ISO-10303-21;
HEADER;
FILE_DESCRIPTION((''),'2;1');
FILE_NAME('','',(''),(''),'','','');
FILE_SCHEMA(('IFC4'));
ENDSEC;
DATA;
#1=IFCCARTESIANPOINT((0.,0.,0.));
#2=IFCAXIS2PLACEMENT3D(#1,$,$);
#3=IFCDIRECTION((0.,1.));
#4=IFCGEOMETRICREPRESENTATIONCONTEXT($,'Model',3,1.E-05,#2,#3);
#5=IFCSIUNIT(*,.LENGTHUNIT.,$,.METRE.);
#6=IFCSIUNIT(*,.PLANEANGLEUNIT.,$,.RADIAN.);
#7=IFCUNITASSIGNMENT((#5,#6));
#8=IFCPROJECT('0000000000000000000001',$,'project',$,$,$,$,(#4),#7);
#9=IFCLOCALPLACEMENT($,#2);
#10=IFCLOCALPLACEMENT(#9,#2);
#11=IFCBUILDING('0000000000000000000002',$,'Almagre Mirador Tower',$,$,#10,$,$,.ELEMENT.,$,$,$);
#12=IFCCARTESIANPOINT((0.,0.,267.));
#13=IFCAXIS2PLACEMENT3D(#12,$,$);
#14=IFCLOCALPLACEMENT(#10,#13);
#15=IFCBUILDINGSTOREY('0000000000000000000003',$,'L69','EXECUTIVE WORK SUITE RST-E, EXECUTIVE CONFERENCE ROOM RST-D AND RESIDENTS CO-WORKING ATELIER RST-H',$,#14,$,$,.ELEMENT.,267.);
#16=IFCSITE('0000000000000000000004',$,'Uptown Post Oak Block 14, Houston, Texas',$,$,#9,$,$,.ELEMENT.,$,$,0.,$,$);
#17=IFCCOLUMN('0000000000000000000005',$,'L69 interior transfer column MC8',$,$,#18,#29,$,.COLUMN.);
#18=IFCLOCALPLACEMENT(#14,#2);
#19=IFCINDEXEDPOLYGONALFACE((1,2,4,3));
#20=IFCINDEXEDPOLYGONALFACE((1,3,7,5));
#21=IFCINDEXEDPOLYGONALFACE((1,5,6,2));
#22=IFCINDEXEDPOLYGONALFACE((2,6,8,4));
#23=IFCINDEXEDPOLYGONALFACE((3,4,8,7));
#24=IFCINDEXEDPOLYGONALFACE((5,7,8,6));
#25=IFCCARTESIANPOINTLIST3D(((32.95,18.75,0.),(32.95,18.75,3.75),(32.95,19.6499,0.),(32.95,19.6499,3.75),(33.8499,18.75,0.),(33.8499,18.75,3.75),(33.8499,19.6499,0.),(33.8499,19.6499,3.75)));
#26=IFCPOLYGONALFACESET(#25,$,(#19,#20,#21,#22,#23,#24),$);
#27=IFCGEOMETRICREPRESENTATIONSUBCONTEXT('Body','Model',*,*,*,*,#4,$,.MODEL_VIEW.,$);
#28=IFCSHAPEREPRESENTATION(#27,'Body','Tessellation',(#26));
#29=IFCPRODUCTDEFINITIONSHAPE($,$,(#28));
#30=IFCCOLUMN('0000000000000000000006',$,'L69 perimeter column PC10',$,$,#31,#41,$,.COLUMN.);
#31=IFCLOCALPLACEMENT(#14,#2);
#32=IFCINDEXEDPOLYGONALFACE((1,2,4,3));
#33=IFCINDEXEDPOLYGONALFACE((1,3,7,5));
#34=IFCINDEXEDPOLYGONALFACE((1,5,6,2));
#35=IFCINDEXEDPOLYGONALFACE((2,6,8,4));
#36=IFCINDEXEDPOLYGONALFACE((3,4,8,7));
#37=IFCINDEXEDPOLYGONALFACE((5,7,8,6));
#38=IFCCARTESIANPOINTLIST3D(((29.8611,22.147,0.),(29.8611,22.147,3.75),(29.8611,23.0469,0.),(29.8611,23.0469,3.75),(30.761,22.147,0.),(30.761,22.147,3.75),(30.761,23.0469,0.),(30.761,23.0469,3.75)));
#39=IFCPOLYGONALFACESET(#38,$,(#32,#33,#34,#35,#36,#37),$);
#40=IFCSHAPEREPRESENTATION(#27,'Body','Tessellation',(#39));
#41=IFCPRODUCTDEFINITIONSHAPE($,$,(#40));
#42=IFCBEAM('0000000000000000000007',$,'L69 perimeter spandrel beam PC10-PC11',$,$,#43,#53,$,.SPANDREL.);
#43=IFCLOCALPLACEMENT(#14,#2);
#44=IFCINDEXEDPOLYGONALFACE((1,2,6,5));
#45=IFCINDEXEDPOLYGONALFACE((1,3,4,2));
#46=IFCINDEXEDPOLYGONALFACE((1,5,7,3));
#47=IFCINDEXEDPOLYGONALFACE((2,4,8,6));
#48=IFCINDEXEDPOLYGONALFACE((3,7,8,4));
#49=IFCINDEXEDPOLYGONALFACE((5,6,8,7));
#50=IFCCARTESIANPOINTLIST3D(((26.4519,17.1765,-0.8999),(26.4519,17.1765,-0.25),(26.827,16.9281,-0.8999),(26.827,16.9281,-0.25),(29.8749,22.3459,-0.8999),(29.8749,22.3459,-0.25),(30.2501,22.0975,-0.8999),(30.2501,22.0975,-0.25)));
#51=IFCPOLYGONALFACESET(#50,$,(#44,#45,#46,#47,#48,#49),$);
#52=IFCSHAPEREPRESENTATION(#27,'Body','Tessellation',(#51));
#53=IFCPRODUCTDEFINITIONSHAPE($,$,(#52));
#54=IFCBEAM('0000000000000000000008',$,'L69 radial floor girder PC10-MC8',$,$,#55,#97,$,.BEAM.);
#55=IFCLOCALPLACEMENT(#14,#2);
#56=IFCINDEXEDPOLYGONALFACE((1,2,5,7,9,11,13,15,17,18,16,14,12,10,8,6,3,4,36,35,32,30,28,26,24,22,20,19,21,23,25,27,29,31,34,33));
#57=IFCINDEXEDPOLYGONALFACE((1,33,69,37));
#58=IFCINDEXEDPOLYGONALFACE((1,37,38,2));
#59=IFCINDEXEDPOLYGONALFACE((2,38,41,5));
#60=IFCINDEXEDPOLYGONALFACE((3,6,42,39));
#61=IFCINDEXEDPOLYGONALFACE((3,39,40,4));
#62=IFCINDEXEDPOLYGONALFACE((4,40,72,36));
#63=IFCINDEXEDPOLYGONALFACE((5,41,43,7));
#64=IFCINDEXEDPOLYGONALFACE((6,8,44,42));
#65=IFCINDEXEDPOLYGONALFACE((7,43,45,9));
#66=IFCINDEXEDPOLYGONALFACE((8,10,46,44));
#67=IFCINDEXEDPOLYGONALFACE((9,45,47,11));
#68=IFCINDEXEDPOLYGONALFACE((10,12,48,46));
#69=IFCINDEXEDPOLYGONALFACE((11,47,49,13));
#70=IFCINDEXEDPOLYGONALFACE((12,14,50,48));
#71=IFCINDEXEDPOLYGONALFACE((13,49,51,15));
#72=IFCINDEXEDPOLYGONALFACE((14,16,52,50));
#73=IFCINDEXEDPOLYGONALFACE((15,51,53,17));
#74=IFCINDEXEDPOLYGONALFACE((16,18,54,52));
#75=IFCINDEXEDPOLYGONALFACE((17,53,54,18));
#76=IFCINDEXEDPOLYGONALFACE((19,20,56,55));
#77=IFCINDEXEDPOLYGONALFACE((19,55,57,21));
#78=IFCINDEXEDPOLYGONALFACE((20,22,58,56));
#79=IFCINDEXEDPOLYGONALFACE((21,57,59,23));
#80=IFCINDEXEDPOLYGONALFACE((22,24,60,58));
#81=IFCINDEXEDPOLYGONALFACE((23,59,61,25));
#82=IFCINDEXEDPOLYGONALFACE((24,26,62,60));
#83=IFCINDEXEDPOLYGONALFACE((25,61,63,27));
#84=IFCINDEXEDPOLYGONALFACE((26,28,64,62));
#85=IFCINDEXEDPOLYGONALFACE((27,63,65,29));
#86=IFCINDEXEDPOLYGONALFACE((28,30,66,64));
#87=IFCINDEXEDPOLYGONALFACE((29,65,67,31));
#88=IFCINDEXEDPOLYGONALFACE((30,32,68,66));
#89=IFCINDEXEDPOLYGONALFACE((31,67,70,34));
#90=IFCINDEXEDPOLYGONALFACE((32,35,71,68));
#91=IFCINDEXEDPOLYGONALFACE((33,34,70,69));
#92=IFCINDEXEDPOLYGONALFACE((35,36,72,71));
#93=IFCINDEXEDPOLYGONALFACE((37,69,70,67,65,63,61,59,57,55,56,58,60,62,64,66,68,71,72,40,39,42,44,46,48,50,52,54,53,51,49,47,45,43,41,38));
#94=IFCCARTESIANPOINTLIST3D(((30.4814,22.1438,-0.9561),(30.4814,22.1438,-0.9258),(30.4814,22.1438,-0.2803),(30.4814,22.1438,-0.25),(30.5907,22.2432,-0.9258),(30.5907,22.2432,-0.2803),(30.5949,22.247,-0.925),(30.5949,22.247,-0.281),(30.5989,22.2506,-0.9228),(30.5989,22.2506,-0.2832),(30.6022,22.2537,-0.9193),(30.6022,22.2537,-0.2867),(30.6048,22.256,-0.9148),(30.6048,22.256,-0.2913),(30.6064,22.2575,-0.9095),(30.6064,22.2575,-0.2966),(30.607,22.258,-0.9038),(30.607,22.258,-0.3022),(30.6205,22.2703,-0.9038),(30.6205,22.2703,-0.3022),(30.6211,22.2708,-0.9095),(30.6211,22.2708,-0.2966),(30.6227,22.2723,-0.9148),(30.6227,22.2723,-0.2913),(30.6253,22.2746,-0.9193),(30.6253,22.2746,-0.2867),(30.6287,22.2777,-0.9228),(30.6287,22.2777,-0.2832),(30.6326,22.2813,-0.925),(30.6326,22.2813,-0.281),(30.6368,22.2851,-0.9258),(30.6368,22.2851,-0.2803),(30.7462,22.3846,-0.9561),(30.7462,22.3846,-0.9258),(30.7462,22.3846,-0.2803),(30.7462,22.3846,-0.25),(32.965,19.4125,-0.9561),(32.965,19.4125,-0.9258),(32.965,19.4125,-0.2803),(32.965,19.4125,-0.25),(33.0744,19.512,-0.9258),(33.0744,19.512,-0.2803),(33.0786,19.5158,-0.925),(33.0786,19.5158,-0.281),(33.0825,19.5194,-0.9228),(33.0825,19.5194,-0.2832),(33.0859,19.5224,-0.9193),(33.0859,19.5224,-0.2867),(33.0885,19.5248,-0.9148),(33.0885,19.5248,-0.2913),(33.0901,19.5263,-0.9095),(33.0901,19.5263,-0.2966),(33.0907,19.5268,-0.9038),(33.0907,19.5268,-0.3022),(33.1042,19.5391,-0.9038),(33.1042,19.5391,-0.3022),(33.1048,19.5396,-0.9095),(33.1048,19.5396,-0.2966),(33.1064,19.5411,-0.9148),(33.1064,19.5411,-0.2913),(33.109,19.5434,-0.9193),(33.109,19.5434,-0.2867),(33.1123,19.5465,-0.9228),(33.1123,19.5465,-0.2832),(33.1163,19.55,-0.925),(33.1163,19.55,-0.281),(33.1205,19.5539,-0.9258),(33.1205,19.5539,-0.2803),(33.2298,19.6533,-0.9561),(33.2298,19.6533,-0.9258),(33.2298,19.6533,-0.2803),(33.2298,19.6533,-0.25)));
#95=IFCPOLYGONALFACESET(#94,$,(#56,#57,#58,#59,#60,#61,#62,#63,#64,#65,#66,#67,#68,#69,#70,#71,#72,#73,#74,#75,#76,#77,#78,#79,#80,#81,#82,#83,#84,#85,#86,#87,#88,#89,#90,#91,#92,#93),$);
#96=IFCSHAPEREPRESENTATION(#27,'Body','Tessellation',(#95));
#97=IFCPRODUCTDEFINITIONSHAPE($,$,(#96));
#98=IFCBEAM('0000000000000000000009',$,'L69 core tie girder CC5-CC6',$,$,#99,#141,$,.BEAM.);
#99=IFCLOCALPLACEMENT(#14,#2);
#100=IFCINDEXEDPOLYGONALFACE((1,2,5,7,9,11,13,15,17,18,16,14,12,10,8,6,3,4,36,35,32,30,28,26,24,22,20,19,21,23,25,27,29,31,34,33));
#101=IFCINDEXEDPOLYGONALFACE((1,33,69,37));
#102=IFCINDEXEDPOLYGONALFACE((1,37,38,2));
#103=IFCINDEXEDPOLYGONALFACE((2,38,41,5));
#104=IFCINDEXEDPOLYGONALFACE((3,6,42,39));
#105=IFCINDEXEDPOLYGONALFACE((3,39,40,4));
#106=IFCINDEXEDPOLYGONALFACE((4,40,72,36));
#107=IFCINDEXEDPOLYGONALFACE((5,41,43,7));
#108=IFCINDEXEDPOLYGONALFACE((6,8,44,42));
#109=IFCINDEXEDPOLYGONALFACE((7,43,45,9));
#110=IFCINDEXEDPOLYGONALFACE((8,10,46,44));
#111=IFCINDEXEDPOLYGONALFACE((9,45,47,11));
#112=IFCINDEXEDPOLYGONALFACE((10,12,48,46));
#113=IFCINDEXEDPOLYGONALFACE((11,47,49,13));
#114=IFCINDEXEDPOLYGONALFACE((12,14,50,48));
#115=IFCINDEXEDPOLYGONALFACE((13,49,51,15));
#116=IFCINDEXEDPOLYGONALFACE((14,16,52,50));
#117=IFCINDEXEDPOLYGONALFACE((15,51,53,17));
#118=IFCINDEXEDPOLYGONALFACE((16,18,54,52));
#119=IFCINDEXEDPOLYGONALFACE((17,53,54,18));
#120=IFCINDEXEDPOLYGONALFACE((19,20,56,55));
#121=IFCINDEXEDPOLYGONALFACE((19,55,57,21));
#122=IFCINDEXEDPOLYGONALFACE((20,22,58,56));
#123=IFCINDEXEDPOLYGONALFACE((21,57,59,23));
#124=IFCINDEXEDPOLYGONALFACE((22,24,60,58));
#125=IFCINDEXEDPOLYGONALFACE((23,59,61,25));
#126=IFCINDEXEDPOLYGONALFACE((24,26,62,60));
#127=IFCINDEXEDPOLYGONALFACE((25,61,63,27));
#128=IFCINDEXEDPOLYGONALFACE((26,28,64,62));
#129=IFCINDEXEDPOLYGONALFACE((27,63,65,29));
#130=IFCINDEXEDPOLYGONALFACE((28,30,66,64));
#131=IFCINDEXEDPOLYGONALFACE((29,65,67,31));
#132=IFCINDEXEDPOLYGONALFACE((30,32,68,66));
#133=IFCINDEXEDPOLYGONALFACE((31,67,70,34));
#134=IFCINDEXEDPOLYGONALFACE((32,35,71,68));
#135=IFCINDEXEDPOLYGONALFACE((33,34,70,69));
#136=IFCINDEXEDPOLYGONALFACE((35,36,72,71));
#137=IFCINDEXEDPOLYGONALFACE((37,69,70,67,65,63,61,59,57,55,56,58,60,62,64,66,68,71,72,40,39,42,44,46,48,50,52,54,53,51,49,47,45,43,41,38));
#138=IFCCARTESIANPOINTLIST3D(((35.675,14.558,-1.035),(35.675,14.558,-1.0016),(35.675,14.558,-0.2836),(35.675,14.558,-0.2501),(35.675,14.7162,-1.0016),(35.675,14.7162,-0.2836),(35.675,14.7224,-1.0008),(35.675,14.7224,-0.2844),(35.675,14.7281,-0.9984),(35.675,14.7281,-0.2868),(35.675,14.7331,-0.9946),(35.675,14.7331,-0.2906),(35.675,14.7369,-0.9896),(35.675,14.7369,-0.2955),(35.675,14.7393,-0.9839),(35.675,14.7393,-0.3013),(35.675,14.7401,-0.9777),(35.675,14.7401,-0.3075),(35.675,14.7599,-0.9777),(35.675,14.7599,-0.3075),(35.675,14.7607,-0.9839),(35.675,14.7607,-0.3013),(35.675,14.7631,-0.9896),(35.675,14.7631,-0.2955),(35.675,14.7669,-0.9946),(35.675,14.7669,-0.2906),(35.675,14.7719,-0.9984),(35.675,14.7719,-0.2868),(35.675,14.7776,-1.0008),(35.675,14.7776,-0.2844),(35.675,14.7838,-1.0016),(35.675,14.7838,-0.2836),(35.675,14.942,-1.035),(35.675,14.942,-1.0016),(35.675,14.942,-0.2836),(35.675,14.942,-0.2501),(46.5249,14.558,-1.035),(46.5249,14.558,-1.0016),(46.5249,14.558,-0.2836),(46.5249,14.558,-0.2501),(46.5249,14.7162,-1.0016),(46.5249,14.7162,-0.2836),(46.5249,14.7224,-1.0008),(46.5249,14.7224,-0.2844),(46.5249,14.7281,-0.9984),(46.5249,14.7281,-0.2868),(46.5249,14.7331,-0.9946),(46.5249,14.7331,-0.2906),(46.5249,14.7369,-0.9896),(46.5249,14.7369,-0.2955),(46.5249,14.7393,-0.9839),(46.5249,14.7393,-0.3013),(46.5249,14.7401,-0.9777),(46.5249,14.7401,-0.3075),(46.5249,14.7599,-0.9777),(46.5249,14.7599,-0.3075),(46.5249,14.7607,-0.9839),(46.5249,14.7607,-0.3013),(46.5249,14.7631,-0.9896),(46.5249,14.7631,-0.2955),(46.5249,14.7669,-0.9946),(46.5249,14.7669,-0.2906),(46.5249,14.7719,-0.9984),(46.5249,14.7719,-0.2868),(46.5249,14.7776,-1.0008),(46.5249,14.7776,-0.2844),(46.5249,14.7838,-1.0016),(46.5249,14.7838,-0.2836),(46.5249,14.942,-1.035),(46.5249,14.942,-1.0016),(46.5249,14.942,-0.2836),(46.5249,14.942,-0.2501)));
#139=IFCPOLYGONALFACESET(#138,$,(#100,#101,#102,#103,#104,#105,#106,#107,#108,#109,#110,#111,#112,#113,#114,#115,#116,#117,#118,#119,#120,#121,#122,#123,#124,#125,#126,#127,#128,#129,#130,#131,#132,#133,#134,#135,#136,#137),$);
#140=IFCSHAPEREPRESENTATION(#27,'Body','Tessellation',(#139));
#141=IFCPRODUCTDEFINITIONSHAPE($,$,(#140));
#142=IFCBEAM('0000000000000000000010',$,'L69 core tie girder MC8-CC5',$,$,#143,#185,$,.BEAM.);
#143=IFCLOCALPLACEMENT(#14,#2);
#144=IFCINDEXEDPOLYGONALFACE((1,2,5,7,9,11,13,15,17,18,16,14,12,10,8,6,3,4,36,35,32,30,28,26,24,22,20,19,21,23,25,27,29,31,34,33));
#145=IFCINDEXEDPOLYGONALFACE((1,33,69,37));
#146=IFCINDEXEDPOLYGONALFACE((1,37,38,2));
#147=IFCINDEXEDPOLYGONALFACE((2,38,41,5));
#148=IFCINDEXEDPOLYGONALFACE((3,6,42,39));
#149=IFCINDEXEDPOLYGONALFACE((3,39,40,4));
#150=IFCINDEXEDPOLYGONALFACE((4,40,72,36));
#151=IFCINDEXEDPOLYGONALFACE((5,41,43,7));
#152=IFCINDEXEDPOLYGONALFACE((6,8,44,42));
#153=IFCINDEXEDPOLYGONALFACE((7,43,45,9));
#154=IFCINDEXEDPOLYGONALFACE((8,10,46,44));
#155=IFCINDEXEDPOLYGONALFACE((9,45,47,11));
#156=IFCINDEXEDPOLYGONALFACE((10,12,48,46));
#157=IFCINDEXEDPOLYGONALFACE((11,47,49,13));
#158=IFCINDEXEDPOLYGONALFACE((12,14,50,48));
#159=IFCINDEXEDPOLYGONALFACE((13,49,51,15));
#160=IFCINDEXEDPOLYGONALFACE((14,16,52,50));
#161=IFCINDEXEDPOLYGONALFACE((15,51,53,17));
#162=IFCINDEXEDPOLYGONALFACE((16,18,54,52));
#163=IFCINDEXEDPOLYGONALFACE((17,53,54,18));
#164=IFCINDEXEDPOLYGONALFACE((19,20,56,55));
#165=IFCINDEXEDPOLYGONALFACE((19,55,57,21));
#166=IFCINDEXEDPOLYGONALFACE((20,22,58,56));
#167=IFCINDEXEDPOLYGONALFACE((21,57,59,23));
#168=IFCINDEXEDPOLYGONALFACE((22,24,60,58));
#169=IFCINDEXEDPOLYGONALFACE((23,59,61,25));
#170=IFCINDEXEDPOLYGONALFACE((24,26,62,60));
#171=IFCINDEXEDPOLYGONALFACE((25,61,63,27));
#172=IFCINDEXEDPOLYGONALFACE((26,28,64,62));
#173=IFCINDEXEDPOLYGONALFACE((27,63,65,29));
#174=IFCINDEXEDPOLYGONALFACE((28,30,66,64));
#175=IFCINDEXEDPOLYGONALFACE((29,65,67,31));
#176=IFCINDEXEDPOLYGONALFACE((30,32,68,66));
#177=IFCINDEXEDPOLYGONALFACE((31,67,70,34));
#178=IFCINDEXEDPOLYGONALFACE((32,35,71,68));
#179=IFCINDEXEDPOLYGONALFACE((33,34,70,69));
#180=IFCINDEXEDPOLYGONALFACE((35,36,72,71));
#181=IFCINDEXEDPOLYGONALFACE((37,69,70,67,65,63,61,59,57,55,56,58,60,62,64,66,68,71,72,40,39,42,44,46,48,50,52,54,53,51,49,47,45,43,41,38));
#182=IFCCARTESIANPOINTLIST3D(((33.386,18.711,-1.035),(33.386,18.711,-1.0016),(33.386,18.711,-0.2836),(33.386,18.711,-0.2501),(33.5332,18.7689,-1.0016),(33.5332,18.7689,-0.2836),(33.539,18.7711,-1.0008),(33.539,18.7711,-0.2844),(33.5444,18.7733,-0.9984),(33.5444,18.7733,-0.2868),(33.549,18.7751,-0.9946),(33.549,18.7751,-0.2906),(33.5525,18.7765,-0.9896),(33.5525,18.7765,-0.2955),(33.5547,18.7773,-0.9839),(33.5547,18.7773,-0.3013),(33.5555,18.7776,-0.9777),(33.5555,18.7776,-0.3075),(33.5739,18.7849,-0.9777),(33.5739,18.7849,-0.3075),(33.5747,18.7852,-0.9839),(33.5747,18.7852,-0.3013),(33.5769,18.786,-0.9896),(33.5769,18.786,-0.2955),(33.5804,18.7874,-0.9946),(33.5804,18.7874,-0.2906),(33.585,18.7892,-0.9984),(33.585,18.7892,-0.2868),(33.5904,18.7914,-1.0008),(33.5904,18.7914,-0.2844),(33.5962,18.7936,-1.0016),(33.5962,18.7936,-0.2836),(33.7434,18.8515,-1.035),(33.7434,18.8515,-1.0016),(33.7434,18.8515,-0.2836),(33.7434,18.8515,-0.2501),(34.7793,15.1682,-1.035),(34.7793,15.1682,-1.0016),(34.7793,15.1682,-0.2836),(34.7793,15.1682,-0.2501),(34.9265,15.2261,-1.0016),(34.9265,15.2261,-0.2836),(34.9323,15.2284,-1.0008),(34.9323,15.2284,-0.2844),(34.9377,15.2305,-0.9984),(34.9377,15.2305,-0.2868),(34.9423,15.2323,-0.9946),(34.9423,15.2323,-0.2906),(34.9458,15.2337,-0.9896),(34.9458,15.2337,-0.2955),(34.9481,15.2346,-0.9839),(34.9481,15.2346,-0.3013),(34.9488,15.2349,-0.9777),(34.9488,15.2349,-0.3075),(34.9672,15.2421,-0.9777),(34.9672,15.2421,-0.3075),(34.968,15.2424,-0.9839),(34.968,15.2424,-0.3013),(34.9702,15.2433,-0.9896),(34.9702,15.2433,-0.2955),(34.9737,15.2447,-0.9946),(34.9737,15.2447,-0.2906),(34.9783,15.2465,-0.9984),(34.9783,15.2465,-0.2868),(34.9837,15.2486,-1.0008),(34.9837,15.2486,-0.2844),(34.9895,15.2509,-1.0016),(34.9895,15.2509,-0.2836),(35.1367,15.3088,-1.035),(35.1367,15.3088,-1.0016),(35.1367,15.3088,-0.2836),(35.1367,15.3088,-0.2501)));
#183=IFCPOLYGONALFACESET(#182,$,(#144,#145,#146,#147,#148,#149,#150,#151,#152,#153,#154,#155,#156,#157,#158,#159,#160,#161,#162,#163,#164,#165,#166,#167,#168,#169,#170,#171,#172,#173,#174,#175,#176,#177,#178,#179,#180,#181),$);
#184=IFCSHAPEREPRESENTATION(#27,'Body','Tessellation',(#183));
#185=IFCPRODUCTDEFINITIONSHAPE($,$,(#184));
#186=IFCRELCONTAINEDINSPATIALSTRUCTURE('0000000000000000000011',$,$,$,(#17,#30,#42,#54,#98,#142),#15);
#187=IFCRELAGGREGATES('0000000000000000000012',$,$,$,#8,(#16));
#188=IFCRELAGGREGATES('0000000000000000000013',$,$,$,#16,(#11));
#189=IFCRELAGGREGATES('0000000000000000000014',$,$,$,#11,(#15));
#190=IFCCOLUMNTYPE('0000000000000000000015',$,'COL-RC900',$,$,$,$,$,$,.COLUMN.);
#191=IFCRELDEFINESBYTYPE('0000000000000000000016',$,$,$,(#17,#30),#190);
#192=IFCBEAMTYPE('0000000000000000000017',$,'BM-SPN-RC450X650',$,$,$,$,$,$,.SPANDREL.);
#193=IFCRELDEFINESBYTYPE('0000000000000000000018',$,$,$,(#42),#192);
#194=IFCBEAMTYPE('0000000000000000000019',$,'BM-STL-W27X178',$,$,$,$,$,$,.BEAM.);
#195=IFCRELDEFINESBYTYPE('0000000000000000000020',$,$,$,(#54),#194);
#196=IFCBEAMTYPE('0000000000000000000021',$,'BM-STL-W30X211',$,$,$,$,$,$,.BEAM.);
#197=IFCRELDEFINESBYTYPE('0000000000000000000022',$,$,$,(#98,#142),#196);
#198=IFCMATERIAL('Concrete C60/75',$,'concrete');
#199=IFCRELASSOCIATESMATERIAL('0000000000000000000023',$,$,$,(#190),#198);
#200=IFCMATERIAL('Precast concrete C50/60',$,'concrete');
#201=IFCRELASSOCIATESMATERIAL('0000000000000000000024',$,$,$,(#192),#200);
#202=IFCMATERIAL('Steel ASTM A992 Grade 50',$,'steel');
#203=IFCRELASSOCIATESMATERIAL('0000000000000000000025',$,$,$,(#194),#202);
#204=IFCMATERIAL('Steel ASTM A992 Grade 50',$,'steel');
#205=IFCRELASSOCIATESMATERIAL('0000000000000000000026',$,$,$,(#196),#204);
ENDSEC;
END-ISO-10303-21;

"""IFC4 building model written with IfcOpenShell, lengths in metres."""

from ifc_helpers import new_model, si_unit, direction, frame, origin, origin_2d, place, context, subcontext, project, spatial, rectangle, i_section, extrude, material, material_profile, profile_set, type_object, element, save


model = new_model("IFC4")

# Units and contexts
model_context = context("Model", 3, precision=1e-05, world=origin(), true_north=direction((0.0, 1.0)))
body_context = subcontext(model_context, "Body", "Model", "MODEL_VIEW")
ifc_project = project(units=[si_unit("LENGTHUNIT", "METRE"), si_unit("PLANEANGLEUNIT", "RADIAN")], contexts=[model_context])

# Site, building, storey
site_placement = place(None, origin())
site = spatial("IfcSite", under=ifc_project, at=site_placement, Name="Uptown Post Oak Block 14, Houston, Texas", CompositionType="ELEMENT", RefElevation=0.0)
building_placement = place(site_placement, origin())
building = spatial("IfcBuilding", under=site, at=building_placement, Name="Almagre Mirador Tower", CompositionType="ELEMENT")
storey_placement = place(building_placement, frame((0.0, 0.0, 267.0)))
storey = spatial("IfcBuildingStorey", under=building, at=storey_placement, Name="L69", Description="EXECUTIVE WORK SUITE RST-E, EXECUTIVE CONFERENCE ROOM RST-D AND RESIDENTS CO-WORKING ATELIER RST-H", CompositionType="ELEMENT", Elevation=267.0)

# Columns
ifc_material_1 = material(Name="Concrete C60/75", Category="concrete")
ifc_material_profile_1 = material_profile(ifc_material_1, rectangle(XDim=0.8999, YDim=0.8999, at=origin_2d()), Name="RC900X900")
ifc_profile_set_1 = profile_set([ifc_material_profile_1], Name="Concrete C60/75")
column_type = type_object("IfcColumnType", Name="COL-RC900", PredefinedType="COLUMN", material=ifc_profile_set_1)
for number, where, z_axis, x_axis, name in (
    (1, (33.3999, 19.2, 0.0), (0.0, 0.0, 1.0), (1.0, 0.0, 0.0), "L69 interior transfer column MC8"),
    (2, (30.311, 22.5969, 0.0), (0.0, 0.0, 1.0), (1.0, 0.0, 0.0), "L69 perimeter column PC10"),
):
    element("IfcColumn", number, at=place(storey_placement, frame(where, z_axis=z_axis, x_axis=x_axis)), inside=storey, type_object=column_type, Name=name, PredefinedType="COLUMN", context=body_context, shape_type="SweptSolid", body=[
        extrude(rectangle(XDim=0.8999, YDim=0.8999, at=origin_2d()), origin(), (0.0, 0.0, 1.0), 3.75),
    ])

# Beams
ifc_material_2 = material(Name="Precast concrete C50/60", Category="concrete")
ifc_material_profile_2 = material_profile(ifc_material_2, rectangle(XDim=0.45, YDim=0.6499, at=origin_2d()), Name="RC450X650")
ifc_profile_set_2 = profile_set([ifc_material_profile_2], Name="Precast concrete C50/60")
beam_type_1 = type_object("IfcBeamType", Name="BM-SPN-RC450X650", PredefinedType="SPANDREL", material=ifc_profile_set_2)
beam_1_placement = place(storey_placement, frame((30.0625, 22.2217, -0.575), z_axis=(-0.552108, -0.833773, 0.0), x_axis=(0.833773, -0.552108, 0.0)))
element("IfcBeam", 3, at=beam_1_placement, inside=storey, type_object=beam_type_1, Name="L69 perimeter spandrel beam PC10-PC11", PredefinedType="SPANDREL", context=body_context, shape_type="SweptSolid", body=[
    extrude(rectangle(XDim=0.45, YDim=0.6499, at=origin_2d()), origin(), (0.0, 0.0, 1.0), 6.2),
])
ifc_material_3 = material(Name="Steel ASTM A992 Grade 50", Category="steel")
ifc_material_profile_3 = material_profile(ifc_material_3, i_section(OverallWidth=0.3579, OverallDepth=0.7061, WebThickness=0.0183, FlangeThickness=0.0303, FilletRadius=0.022, at=origin_2d()), Name="W27X178")
ifc_profile_set_3 = profile_set([ifc_material_profile_3], Name="Steel ASTM A992 Grade 50")
beam_type_2 = type_object("IfcBeamType", Name="BM-STL-W27X178", PredefinedType="BEAM", material=ifc_profile_set_3)
beam_2_placement = place(storey_placement, frame((30.6138, 22.2642, -0.603), z_axis=(0.672781, -0.739841, 0.0), x_axis=(0.739841, 0.672781, 0.0)))
element("IfcBeam", 4, at=beam_2_placement, inside=storey, type_object=beam_type_2, Name="L69 radial floor girder PC10-MC8", PredefinedType="BEAM", context=body_context, shape_type="SweptSolid", body=[
    extrude(i_section(OverallWidth=0.3579, OverallDepth=0.7061, WebThickness=0.0183, FlangeThickness=0.0303, FilletRadius=0.022, at=origin_2d()), origin(), (0.0, 0.0, 1.0), 3.6917),
])
ifc_material_4 = material(Name="Steel ASTM A992 Grade 50", Category="steel")
ifc_material_profile_4 = material_profile(ifc_material_4, i_section(OverallWidth=0.384, OverallDepth=0.7849, WebThickness=0.0198, FlangeThickness=0.0334, FilletRadius=0.0239, at=origin_2d()), Name="W30X211")
ifc_profile_set_4 = profile_set([ifc_material_profile_4], Name="Steel ASTM A992 Grade 50")
beam_type_3 = type_object("IfcBeamType", Name="BM-STL-W30X211", PredefinedType="BEAM", material=ifc_profile_set_4)
beam_3_placement = place(storey_placement, frame((35.675, 14.75, -0.6426), z_axis=(1.0, 0.0, 0.0), x_axis=(0.0, 1.0, 0.0)))
element("IfcBeam", 5, at=beam_3_placement, inside=storey, type_object=beam_type_3, Name="L69 core tie girder CC5-CC6", PredefinedType="BEAM", context=body_context, shape_type="SweptSolid", body=[
    extrude(i_section(OverallWidth=0.384, OverallDepth=0.7849, WebThickness=0.0198, FlangeThickness=0.0334, FilletRadius=0.0239, at=origin_2d()), origin(), (0.0, 0.0, 1.0), 10.8499),
])
beam_4_placement = place(storey_placement, frame((33.5647, 18.7812, -0.6426), z_axis=(0.366, -0.930615, 0.0), x_axis=(0.930615, 0.366, 0.0)))
element("IfcBeam", 6, at=beam_4_placement, inside=storey, type_object=beam_type_3, Name="L69 core tie girder MC8-CC5", PredefinedType="BEAM", context=body_context, shape_type="SweptSolid", body=[
    extrude(i_section(OverallWidth=0.384, OverallDepth=0.7849, WebThickness=0.0198, FlangeThickness=0.0334, FilletRadius=0.0239, at=origin_2d()), origin(), (0.0, 0.0, 1.0), 3.8069),
])

save(model, "model.ifc")
